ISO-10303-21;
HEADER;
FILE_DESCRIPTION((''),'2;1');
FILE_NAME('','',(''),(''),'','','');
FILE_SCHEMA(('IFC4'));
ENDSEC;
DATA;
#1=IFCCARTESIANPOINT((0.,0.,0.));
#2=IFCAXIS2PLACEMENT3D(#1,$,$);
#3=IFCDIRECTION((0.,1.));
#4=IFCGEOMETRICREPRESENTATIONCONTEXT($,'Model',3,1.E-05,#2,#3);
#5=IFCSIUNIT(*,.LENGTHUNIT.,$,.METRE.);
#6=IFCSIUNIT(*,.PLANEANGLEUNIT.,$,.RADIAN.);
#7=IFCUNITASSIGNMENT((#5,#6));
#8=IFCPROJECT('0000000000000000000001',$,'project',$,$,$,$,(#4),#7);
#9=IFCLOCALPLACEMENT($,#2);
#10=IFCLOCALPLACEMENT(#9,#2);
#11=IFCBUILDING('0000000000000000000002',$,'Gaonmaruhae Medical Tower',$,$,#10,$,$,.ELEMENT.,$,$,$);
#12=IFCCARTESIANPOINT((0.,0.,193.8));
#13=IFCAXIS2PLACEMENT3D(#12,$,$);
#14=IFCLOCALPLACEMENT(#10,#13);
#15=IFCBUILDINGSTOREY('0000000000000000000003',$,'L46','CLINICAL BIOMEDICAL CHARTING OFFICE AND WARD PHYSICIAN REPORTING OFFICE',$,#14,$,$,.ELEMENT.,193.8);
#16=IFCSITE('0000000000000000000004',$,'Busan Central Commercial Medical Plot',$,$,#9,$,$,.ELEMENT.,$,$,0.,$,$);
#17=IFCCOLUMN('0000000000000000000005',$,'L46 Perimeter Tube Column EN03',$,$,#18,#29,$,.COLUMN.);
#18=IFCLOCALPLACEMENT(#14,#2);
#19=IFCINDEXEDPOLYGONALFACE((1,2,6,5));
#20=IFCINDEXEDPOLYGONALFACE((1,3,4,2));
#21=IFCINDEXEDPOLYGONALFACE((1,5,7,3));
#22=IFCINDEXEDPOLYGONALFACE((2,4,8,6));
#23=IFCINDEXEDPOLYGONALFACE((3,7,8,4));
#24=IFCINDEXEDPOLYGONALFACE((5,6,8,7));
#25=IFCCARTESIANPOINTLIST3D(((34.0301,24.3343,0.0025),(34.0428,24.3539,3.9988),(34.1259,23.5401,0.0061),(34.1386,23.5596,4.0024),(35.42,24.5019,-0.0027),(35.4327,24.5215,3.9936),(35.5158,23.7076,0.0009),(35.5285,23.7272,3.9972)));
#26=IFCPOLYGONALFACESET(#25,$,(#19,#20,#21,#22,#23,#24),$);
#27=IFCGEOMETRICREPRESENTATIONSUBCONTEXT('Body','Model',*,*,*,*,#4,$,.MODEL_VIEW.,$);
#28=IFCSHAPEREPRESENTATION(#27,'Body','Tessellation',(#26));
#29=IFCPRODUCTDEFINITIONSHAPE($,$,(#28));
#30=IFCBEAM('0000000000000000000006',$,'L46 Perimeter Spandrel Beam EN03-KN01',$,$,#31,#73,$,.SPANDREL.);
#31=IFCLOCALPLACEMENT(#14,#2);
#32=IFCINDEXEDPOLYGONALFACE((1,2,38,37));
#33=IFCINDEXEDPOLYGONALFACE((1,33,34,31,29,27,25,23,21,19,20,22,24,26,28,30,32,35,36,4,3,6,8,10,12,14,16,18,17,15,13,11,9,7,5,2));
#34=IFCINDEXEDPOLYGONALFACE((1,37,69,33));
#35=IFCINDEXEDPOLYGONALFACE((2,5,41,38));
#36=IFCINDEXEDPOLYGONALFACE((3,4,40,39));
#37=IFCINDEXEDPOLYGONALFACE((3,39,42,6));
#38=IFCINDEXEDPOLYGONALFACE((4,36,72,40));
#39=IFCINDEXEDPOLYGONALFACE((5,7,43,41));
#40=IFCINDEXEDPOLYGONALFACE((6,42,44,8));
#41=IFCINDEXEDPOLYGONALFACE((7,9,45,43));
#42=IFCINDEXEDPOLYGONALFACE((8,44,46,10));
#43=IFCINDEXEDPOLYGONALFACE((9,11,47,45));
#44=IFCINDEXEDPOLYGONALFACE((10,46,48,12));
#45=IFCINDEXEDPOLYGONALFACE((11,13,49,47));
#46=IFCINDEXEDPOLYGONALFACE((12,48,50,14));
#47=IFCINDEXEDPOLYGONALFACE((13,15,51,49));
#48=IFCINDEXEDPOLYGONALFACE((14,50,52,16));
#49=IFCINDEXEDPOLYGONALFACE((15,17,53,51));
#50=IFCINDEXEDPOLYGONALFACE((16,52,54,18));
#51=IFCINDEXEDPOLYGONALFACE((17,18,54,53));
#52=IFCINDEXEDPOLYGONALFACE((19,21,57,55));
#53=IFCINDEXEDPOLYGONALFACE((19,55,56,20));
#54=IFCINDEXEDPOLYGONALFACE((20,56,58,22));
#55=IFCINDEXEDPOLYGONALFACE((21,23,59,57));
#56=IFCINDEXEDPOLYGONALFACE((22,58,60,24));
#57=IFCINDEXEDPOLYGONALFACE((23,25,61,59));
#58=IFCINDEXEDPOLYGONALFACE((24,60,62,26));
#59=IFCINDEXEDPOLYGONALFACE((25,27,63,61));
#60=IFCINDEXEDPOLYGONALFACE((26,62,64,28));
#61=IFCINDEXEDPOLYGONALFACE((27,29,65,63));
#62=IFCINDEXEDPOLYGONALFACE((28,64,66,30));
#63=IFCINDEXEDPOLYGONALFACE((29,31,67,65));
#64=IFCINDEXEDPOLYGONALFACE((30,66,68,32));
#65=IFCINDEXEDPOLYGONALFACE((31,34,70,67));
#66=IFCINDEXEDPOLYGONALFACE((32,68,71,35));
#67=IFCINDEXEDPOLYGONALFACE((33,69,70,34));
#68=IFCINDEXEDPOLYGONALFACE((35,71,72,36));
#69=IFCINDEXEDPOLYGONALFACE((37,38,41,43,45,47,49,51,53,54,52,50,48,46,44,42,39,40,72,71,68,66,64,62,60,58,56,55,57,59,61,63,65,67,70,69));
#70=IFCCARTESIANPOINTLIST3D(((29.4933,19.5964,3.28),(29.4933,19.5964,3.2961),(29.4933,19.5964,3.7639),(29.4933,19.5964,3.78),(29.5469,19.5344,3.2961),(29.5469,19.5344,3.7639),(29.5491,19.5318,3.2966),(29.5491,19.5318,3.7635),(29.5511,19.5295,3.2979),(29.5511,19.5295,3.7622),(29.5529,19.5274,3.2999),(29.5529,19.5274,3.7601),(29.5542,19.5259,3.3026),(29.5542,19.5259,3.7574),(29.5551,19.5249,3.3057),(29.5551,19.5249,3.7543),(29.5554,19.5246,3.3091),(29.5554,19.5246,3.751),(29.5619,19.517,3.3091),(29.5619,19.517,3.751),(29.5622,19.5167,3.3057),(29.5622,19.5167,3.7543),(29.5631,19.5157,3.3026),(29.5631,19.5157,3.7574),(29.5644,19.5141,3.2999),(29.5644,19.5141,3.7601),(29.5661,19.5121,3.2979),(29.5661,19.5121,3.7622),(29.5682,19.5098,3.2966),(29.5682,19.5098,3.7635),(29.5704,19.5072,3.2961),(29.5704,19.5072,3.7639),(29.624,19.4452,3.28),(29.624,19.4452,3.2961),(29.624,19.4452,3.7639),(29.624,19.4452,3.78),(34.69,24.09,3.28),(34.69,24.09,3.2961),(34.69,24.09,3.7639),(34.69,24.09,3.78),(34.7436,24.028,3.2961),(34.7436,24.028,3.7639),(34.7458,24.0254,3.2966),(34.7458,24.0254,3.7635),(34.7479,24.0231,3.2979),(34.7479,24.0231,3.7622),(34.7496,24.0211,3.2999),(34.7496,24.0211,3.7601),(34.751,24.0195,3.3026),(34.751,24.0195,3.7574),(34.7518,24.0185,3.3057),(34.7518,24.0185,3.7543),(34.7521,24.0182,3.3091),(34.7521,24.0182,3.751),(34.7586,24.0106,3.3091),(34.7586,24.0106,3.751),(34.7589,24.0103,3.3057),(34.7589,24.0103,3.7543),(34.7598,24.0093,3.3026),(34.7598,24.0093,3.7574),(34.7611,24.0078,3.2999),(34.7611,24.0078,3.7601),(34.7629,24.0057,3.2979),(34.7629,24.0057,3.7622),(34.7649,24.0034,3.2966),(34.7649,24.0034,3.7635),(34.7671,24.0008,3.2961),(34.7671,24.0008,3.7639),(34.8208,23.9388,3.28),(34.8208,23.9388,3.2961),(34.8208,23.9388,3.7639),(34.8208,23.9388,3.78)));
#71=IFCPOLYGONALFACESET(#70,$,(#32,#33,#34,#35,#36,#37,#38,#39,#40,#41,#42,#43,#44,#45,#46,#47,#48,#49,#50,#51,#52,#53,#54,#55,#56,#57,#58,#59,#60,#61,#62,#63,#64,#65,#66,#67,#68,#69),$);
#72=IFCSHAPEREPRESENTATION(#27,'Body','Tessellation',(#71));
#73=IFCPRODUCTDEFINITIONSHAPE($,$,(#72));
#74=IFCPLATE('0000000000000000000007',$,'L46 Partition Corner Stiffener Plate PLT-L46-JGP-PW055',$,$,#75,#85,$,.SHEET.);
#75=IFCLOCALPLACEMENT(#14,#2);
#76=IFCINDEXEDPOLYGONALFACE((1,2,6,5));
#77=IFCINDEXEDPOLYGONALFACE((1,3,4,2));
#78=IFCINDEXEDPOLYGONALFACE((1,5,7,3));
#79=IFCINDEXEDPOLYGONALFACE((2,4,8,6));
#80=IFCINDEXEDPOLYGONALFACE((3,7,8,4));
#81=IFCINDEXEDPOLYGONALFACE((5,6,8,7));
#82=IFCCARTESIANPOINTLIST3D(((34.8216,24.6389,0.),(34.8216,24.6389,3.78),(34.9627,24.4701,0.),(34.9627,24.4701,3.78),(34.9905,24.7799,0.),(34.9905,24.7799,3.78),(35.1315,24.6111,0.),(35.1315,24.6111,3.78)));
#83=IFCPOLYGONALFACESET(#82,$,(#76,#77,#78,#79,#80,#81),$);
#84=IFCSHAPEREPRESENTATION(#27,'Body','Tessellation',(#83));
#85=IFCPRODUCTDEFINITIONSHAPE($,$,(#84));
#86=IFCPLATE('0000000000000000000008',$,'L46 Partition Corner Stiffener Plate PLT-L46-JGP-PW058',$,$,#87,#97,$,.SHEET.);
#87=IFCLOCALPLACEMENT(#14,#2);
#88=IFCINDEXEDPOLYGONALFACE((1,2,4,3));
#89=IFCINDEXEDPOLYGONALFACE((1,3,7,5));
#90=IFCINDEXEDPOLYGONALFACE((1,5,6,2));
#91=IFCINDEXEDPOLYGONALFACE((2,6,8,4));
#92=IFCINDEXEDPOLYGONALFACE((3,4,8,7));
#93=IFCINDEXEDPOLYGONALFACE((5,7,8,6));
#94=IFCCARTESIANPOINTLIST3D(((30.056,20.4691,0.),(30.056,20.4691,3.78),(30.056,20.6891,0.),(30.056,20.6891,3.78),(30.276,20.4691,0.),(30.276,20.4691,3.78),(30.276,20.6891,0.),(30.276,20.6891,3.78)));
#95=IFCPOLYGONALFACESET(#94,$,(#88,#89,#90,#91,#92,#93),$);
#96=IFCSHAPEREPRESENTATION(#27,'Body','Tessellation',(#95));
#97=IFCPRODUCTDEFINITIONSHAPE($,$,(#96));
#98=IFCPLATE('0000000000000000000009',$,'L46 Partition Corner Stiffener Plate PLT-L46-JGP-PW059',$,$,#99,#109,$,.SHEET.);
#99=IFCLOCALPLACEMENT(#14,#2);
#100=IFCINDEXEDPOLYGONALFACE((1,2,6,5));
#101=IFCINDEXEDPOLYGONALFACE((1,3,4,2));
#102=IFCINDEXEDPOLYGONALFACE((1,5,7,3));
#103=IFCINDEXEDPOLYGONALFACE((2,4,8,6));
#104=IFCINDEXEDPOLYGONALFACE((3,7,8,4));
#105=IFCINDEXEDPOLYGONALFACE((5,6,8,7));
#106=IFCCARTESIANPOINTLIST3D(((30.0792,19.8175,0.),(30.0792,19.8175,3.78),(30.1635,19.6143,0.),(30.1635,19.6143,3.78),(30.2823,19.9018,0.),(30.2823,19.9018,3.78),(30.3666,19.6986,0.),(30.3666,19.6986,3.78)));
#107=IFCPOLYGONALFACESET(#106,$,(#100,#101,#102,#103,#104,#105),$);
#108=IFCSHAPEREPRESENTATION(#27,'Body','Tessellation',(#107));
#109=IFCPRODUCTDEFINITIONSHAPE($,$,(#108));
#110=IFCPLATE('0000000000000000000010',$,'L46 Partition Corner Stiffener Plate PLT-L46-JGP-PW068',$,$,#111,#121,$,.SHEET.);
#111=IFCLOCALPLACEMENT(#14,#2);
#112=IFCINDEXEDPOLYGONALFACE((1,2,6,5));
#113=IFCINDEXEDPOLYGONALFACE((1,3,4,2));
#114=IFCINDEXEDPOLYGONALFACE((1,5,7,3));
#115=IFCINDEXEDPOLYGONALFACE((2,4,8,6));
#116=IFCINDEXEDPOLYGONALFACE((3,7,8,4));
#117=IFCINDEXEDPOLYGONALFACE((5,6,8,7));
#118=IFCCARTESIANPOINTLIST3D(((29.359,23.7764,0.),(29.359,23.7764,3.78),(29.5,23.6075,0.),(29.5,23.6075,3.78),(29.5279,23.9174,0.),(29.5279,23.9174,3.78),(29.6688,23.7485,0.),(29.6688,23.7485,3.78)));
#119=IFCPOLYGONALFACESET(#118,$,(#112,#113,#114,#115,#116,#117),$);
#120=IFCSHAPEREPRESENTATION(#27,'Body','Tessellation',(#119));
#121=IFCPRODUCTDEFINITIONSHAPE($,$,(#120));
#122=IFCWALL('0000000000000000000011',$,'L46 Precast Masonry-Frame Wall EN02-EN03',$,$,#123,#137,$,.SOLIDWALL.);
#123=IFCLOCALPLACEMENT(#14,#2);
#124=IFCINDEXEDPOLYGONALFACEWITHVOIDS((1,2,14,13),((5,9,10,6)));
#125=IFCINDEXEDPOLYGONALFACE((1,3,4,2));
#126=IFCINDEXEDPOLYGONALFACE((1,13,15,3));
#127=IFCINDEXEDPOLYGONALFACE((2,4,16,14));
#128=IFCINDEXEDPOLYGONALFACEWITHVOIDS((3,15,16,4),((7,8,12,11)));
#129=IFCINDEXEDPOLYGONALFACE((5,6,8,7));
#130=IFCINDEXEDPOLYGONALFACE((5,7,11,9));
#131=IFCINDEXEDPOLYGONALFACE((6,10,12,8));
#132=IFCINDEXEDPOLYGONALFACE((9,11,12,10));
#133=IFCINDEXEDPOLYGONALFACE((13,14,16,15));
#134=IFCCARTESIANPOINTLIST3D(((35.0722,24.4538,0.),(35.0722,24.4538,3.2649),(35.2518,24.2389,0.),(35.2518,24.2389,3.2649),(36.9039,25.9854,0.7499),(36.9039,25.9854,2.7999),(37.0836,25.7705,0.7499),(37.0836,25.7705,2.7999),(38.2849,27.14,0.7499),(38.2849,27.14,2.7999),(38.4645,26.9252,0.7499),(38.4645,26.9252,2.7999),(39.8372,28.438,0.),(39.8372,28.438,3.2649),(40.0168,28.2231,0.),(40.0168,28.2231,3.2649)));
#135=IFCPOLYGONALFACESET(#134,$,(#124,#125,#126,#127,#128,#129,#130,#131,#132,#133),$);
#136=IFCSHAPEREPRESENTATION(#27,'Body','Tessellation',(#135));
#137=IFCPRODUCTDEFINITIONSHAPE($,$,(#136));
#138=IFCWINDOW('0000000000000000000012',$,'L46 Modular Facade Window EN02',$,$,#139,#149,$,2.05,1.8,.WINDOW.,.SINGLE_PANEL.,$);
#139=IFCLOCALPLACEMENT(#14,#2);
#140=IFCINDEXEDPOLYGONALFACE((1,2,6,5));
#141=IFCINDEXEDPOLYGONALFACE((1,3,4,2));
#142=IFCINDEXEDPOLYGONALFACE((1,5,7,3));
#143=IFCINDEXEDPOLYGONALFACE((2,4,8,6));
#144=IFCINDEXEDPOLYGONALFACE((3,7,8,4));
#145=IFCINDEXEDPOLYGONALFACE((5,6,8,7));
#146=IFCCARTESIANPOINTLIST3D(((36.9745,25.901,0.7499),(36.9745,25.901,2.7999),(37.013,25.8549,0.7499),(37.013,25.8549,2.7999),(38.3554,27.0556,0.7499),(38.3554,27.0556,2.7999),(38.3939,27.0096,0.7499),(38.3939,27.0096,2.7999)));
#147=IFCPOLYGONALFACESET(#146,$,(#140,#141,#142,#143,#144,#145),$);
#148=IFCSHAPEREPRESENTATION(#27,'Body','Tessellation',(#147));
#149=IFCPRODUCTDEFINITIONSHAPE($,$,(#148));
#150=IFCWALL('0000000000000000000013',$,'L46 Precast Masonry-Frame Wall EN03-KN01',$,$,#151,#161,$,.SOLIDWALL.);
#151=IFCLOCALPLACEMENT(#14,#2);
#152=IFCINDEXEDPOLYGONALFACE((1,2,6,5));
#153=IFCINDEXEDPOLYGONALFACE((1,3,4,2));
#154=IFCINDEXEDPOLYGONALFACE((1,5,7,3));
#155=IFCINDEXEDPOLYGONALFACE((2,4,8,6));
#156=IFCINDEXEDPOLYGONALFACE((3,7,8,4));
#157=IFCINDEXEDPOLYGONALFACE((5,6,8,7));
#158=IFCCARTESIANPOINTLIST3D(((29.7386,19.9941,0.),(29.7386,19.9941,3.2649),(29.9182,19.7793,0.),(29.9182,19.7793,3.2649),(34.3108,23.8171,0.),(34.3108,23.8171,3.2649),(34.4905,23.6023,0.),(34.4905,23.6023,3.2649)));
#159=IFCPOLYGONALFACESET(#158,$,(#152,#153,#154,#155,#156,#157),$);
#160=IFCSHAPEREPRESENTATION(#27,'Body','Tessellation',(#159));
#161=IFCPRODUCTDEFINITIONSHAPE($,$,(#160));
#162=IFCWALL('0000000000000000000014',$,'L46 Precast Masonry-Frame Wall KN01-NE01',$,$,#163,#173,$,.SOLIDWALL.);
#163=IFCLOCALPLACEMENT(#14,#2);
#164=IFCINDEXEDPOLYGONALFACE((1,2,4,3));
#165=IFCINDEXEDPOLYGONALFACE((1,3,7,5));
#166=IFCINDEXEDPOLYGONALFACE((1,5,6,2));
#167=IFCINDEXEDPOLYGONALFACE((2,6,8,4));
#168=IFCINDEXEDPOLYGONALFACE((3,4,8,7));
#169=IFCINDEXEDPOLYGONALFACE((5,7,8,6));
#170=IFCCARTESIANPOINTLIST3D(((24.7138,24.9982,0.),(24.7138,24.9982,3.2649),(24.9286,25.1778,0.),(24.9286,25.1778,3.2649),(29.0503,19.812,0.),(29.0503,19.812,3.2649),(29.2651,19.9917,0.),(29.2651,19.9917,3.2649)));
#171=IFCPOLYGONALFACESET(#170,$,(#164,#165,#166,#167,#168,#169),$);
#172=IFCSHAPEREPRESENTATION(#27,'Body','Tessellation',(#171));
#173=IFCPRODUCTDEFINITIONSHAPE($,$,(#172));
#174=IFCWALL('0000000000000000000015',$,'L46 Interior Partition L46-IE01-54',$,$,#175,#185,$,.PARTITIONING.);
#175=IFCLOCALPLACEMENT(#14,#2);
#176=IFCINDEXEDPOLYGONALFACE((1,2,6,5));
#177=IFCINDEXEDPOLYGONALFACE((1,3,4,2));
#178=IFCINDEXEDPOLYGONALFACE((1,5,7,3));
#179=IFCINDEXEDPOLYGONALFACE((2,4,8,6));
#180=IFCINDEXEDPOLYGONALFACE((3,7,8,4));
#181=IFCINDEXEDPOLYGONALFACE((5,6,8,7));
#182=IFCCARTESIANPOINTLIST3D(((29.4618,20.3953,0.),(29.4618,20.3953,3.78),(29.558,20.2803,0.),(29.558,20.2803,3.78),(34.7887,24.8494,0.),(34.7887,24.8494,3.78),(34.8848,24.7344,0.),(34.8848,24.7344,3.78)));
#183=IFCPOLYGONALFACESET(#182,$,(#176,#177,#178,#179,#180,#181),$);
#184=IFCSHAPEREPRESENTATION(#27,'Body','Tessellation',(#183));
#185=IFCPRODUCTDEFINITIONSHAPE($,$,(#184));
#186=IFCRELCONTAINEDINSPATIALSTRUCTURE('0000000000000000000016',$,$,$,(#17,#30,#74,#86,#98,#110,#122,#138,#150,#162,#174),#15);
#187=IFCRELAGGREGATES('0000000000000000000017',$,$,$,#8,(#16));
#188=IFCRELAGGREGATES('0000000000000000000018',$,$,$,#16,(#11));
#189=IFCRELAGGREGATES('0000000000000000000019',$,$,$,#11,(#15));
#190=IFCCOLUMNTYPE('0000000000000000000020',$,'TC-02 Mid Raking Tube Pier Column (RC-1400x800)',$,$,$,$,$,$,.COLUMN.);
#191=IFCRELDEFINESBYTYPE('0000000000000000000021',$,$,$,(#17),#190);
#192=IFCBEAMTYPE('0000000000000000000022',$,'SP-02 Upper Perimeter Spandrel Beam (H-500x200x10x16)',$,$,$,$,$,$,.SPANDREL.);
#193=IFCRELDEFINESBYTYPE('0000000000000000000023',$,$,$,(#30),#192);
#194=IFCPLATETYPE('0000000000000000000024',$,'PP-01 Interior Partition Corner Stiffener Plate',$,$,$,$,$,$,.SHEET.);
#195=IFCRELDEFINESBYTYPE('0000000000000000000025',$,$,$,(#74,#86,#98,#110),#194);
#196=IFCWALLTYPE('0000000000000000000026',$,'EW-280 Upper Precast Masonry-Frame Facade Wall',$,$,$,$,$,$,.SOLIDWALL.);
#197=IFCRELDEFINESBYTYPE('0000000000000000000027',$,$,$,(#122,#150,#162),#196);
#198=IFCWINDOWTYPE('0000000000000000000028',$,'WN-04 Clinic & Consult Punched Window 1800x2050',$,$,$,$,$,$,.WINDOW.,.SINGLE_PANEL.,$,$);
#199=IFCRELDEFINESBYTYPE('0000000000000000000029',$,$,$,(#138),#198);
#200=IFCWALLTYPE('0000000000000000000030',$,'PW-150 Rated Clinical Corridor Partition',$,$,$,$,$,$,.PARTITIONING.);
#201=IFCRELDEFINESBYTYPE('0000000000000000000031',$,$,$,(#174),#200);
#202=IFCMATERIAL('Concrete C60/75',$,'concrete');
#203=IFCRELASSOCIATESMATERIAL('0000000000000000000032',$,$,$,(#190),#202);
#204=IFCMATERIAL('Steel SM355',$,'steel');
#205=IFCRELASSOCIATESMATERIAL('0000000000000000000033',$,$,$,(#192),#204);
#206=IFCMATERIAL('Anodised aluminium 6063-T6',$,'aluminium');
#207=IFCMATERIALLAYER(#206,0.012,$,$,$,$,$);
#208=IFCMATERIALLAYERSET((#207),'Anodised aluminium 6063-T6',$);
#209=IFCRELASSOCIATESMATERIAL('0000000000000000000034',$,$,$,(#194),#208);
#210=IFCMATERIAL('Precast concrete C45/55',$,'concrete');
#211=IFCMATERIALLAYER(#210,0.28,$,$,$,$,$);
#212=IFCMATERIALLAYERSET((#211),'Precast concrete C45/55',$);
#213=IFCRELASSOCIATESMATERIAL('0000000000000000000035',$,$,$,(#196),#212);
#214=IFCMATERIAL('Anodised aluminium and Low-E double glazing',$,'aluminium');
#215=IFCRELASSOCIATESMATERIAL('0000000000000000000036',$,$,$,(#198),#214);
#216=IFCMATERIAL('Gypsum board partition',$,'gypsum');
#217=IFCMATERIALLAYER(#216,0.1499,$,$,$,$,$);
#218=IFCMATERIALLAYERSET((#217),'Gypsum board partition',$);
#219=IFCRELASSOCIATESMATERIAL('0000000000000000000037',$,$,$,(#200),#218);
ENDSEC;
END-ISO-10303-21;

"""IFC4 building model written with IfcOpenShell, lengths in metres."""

from ifc_helpers import new_model, si_unit, direction, frame, frame_2d, origin, origin_2d, place, context, subcontext, project, spatial, rectangle, i_section, extrude, material, layer, layer_set, material_profile, profile_set, type_object, element, fill, save


model = new_model("IFC4")

# Units and contexts
model_context = context("Model", 3, precision=1e-05, world=origin(), true_north=direction((0.0, 1.0)))
body_context = subcontext(model_context, "Body", "Model", "MODEL_VIEW")
ifc_project = project(units=[si_unit("LENGTHUNIT", "METRE"), si_unit("PLANEANGLEUNIT", "RADIAN")], contexts=[model_context])

# Site, building, storey
site_placement = place(None, origin())
site = spatial("IfcSite", under=ifc_project, at=site_placement, Name="Busan Central Commercial Medical Plot", CompositionType="ELEMENT", RefElevation=0.0)
building_placement = place(site_placement, origin())
building = spatial("IfcBuilding", under=site, at=building_placement, Name="Gaonmaruhae Medical Tower", CompositionType="ELEMENT")
storey_placement = place(building_placement, frame((0.0, 0.0, 193.8)))
storey = spatial("IfcBuildingStorey", under=building, at=storey_placement, Name="L46", Description="CLINICAL BIOMEDICAL CHARTING OFFICE AND WARD PHYSICIAN REPORTING OFFICE", CompositionType="ELEMENT", Elevation=193.8)

# Column
ifc_material_1 = material(Name="Concrete C60/75", Category="concrete")
ifc_material_profile_1 = material_profile(ifc_material_1, rectangle(XDim=1.3999, YDim=0.8, at=origin_2d()), Name="RC-1400x800")
ifc_profile_set_1 = profile_set([ifc_material_profile_1], Name="Concrete C60/75")
column_type = type_object("IfcColumnType", Name="TC-02 Mid Raking Tube Pier Column (RC-1400x800)", PredefinedType="COLUMN", material=ifc_profile_set_1)
column_placement = place(storey_placement, frame((34.7729, 24.021, 0.0017), z_axis=(0.003177, 0.004887, 0.999983), x_axis=(-0.992801, -0.119714, 0.003739)))
element("IfcColumn", 1, at=column_placement, inside=storey, type_object=column_type, Name="L46 Perimeter Tube Column EN03", PredefinedType="COLUMN", context=body_context, shape_type="SweptSolid", body=[
    extrude(rectangle(XDim=1.3999, YDim=0.8, at=origin_2d()), origin(), (0.0, 0.0, 1.0), 3.9963),
])

# Beam
ifc_material_2 = material(Name="Steel SM355", Category="steel")
ifc_material_profile_2 = material_profile(ifc_material_2, i_section(OverallWidth=0.2, OverallDepth=0.5, WebThickness=0.01, FlangeThickness=0.0161, FilletRadius=0.0129, at=origin_2d()), Name="H-500x200x10x16")
ifc_profile_set_2 = profile_set([ifc_material_profile_2], Name="Steel SM355")
beam_type = type_object("IfcBeamType", Name="SP-02 Upper Perimeter Spandrel Beam (H-500x200x10x16)", PredefinedType="SPANDREL", material=ifc_profile_set_2)
beam_placement = place(storey_placement, frame((34.7554, 24.0144, 3.53), z_axis=(-0.756425, -0.654081, 0.0), x_axis=(0.654081, -0.756425, 0.0)))
element("IfcBeam", 2, at=beam_placement, inside=storey, type_object=beam_type, Name="L46 Perimeter Spandrel Beam EN03-KN01", PredefinedType="SPANDREL", context=body_context, shape_type="SweptSolid", body=[
    extrude(i_section(OverallWidth=0.2, OverallDepth=0.5, WebThickness=0.01, FlangeThickness=0.0161, FilletRadius=0.0129, at=origin_2d()), origin(), (0.0, 0.0, 1.0), 6.8701),
])

# Plates
ifc_material_3 = material(Name="Anodised aluminium 6063-T6", Category="aluminium")
ifc_layer_1 = layer(ifc_material_3, 0.012)
ifc_layer_set_1 = layer_set([ifc_layer_1], Name="Anodised aluminium 6063-T6")
plate_type = type_object("IfcPlateType", Name="PP-01 Interior Partition Corner Stiffener Plate", PredefinedType="SHEET", material=ifc_layer_set_1)
for number, where, z_axis, x_axis, name in (
    (3, (34.9766, 24.625, 0.0), (0.0, 0.0, 1.0), (0.641088, -0.767467, 0.0), "L46 Partition Corner Stiffener Plate PLT-L46-JGP-PW055"),
    (4, (30.166, 20.5791, 0.0), (0.0, 0.0, 1.0), (-1.0, 0.0, 0.0), "L46 Partition Corner Stiffener Plate PLT-L46-JGP-PW058"),
    (5, (30.2229, 19.7581, 0.0), (0.0, 0.0, 1.0), (0.383183, -0.923672, 0.0), "L46 Partition Corner Stiffener Plate PLT-L46-JGP-PW059"),
    (6, (29.5139, 23.7625, 0.0), (0.0, 0.0, 1.0), (0.640847, -0.767669, 0.0), "L46 Partition Corner Stiffener Plate PLT-L46-JGP-PW068"),
):
    element("IfcPlate", number, at=place(storey_placement, frame(where, z_axis=z_axis, x_axis=x_axis)), inside=storey, type_object=plate_type, Name=name, PredefinedType="SHEET", context=body_context, shape_type="SweptSolid", body=[
        extrude(rectangle(XDim=0.22, YDim=0.22, at=origin_2d()), origin(), (0.0, 0.0, 1.0), 3.78),
    ])

# Wall, opening, window
ifc_material_4 = material(Name="Precast concrete C45/55", Category="concrete")
ifc_layer_2 = layer(ifc_material_4, 0.28)
ifc_layer_set_2 = layer_set([ifc_layer_2], Name="Precast concrete C45/55")
wall_type_1 = type_object("IfcWallType", Name="EW-280 Upper Precast Masonry-Frame Facade Wall", PredefinedType="SOLIDWALL", material=ifc_layer_set_2)
wall_1_placement = place(storey_placement, frame((35.1621, 24.3464, 0.0), z_axis=(0.0, 0.0, 1.0), x_axis=(0.76716, 0.641456, 0.0)))
wall_1 = element("IfcWall", 7, at=wall_1_placement, inside=storey, type_object=wall_type_1, Name="L46 Precast Masonry-Frame Wall EN02-EN03", PredefinedType="SOLIDWALL", context=body_context, shape_type="SweptSolid", body=[
    extrude(rectangle(XDim=6.2112, YDim=0.28, at=frame_2d((3.1055, 0.0))), origin(), (0.0, 0.0, 1.0), 3.2649),
])
opening_1_placement = place(wall_1_placement, frame((2.3877, 0.0, 0.75)))
opening_1 = element("IfcOpeningElement", 8, at=opening_1_placement, cuts=wall_1, PredefinedType="OPENING", context=body_context, shape_type="SweptSolid", body=[
    extrude(rectangle(XDim=1.8, YDim=2.05, at=frame_2d((0.8999, 1.0249))), frame((0.0, 0.1499, 0.0), z_axis=(0.0, -1.0, 0.0), x_axis=(1.0, 0.0, 0.0)), (0.0, 0.0, 1.0), 0.3),
])
ifc_material_5 = material(Name="Anodised aluminium and Low-E double glazing", Category="aluminium")
window_type = type_object("IfcWindowType", Name="WN-04 Clinic & Consult Punched Window 1800x2050", PartitioningType="SINGLE_PANEL", PredefinedType="WINDOW", material=ifc_material_5)
window_placement = place(opening_1_placement, origin())
window = element("IfcWindow", 9, at=window_placement, inside=storey, type_object=window_type, Name="L46 Modular Facade Window EN02", OverallHeight=2.05, OverallWidth=1.8, PartitioningType="SINGLE_PANEL", PredefinedType="WINDOW", context=body_context, shape_type="SweptSolid", body=[
    extrude(rectangle(XDim=1.8, YDim=2.05, at=frame_2d((0.8999, 1.0249))), frame((0.0, 0.03, 0.0), z_axis=(0.0, -1.0, 0.0), x_axis=(1.0, 0.0, 0.0)), (0.0, 0.0, 1.0), 0.0601),
])
fill(opening_1, window)

# Walls
wall_2_placement = place(storey_placement, frame((29.8284, 19.8867, 0.0), z_axis=(0.0, 0.0, 1.0), x_axis=(0.767166, 0.641449, 0.0)))
element("IfcWall", 10, at=wall_2_placement, inside=storey, type_object=wall_type_1, Name="L46 Precast Masonry-Frame Wall EN03-KN01", PredefinedType="SOLIDWALL", context=body_context, shape_type="SweptSolid", body=[
    extrude(rectangle(XDim=5.96, YDim=0.28, at=frame_2d((2.98, 0.0))), origin(), (0.0, 0.0, 1.0), 3.2649),
])
wall_3_placement = place(storey_placement, frame((29.1577, 19.9019, 0.0), z_axis=(0.0, 0.0, 1.0), x_axis=(-0.641469, 0.767149, 0.0)))
element("IfcWall", 11, at=wall_3_placement, inside=storey, type_object=wall_type_1, Name="L46 Precast Masonry-Frame Wall KN01-NE01", PredefinedType="SOLIDWALL", context=body_context, shape_type="SweptSolid", body=[
    extrude(rectangle(XDim=6.7603, YDim=0.28, at=frame_2d((3.3801, 0.0))), origin(), (0.0, 0.0, 1.0), 3.2649),
])
ifc_material_6 = material(Name="Gypsum board partition", Category="gypsum")
ifc_layer_3 = layer(ifc_material_6, 0.1499)
ifc_layer_set_3 = layer_set([ifc_layer_3], Name="Gypsum board partition")
wall_type_2 = type_object("IfcWallType", Name="PW-150 Rated Clinical Corridor Partition", PredefinedType="PARTITIONING", material=ifc_layer_set_3)
wall_4_placement = place(storey_placement, frame((29.51, 20.3379, 0.0), z_axis=(0.0, 0.0, 1.0), x_axis=(0.767157, 0.64146, 0.0)))
element("IfcWall", 12, at=wall_4_placement, inside=storey, type_object=wall_type_2, Name="L46 Interior Partition L46-IE01-54", PredefinedType="PARTITIONING", context=body_context, shape_type="SweptSolid", body=[
    extrude(rectangle(XDim=6.9436, YDim=0.1499, at=frame_2d((3.4717, 0.0))), origin(), (0.0, 0.0, 1.0), 3.78),
])

save(model, "model.ifc")
